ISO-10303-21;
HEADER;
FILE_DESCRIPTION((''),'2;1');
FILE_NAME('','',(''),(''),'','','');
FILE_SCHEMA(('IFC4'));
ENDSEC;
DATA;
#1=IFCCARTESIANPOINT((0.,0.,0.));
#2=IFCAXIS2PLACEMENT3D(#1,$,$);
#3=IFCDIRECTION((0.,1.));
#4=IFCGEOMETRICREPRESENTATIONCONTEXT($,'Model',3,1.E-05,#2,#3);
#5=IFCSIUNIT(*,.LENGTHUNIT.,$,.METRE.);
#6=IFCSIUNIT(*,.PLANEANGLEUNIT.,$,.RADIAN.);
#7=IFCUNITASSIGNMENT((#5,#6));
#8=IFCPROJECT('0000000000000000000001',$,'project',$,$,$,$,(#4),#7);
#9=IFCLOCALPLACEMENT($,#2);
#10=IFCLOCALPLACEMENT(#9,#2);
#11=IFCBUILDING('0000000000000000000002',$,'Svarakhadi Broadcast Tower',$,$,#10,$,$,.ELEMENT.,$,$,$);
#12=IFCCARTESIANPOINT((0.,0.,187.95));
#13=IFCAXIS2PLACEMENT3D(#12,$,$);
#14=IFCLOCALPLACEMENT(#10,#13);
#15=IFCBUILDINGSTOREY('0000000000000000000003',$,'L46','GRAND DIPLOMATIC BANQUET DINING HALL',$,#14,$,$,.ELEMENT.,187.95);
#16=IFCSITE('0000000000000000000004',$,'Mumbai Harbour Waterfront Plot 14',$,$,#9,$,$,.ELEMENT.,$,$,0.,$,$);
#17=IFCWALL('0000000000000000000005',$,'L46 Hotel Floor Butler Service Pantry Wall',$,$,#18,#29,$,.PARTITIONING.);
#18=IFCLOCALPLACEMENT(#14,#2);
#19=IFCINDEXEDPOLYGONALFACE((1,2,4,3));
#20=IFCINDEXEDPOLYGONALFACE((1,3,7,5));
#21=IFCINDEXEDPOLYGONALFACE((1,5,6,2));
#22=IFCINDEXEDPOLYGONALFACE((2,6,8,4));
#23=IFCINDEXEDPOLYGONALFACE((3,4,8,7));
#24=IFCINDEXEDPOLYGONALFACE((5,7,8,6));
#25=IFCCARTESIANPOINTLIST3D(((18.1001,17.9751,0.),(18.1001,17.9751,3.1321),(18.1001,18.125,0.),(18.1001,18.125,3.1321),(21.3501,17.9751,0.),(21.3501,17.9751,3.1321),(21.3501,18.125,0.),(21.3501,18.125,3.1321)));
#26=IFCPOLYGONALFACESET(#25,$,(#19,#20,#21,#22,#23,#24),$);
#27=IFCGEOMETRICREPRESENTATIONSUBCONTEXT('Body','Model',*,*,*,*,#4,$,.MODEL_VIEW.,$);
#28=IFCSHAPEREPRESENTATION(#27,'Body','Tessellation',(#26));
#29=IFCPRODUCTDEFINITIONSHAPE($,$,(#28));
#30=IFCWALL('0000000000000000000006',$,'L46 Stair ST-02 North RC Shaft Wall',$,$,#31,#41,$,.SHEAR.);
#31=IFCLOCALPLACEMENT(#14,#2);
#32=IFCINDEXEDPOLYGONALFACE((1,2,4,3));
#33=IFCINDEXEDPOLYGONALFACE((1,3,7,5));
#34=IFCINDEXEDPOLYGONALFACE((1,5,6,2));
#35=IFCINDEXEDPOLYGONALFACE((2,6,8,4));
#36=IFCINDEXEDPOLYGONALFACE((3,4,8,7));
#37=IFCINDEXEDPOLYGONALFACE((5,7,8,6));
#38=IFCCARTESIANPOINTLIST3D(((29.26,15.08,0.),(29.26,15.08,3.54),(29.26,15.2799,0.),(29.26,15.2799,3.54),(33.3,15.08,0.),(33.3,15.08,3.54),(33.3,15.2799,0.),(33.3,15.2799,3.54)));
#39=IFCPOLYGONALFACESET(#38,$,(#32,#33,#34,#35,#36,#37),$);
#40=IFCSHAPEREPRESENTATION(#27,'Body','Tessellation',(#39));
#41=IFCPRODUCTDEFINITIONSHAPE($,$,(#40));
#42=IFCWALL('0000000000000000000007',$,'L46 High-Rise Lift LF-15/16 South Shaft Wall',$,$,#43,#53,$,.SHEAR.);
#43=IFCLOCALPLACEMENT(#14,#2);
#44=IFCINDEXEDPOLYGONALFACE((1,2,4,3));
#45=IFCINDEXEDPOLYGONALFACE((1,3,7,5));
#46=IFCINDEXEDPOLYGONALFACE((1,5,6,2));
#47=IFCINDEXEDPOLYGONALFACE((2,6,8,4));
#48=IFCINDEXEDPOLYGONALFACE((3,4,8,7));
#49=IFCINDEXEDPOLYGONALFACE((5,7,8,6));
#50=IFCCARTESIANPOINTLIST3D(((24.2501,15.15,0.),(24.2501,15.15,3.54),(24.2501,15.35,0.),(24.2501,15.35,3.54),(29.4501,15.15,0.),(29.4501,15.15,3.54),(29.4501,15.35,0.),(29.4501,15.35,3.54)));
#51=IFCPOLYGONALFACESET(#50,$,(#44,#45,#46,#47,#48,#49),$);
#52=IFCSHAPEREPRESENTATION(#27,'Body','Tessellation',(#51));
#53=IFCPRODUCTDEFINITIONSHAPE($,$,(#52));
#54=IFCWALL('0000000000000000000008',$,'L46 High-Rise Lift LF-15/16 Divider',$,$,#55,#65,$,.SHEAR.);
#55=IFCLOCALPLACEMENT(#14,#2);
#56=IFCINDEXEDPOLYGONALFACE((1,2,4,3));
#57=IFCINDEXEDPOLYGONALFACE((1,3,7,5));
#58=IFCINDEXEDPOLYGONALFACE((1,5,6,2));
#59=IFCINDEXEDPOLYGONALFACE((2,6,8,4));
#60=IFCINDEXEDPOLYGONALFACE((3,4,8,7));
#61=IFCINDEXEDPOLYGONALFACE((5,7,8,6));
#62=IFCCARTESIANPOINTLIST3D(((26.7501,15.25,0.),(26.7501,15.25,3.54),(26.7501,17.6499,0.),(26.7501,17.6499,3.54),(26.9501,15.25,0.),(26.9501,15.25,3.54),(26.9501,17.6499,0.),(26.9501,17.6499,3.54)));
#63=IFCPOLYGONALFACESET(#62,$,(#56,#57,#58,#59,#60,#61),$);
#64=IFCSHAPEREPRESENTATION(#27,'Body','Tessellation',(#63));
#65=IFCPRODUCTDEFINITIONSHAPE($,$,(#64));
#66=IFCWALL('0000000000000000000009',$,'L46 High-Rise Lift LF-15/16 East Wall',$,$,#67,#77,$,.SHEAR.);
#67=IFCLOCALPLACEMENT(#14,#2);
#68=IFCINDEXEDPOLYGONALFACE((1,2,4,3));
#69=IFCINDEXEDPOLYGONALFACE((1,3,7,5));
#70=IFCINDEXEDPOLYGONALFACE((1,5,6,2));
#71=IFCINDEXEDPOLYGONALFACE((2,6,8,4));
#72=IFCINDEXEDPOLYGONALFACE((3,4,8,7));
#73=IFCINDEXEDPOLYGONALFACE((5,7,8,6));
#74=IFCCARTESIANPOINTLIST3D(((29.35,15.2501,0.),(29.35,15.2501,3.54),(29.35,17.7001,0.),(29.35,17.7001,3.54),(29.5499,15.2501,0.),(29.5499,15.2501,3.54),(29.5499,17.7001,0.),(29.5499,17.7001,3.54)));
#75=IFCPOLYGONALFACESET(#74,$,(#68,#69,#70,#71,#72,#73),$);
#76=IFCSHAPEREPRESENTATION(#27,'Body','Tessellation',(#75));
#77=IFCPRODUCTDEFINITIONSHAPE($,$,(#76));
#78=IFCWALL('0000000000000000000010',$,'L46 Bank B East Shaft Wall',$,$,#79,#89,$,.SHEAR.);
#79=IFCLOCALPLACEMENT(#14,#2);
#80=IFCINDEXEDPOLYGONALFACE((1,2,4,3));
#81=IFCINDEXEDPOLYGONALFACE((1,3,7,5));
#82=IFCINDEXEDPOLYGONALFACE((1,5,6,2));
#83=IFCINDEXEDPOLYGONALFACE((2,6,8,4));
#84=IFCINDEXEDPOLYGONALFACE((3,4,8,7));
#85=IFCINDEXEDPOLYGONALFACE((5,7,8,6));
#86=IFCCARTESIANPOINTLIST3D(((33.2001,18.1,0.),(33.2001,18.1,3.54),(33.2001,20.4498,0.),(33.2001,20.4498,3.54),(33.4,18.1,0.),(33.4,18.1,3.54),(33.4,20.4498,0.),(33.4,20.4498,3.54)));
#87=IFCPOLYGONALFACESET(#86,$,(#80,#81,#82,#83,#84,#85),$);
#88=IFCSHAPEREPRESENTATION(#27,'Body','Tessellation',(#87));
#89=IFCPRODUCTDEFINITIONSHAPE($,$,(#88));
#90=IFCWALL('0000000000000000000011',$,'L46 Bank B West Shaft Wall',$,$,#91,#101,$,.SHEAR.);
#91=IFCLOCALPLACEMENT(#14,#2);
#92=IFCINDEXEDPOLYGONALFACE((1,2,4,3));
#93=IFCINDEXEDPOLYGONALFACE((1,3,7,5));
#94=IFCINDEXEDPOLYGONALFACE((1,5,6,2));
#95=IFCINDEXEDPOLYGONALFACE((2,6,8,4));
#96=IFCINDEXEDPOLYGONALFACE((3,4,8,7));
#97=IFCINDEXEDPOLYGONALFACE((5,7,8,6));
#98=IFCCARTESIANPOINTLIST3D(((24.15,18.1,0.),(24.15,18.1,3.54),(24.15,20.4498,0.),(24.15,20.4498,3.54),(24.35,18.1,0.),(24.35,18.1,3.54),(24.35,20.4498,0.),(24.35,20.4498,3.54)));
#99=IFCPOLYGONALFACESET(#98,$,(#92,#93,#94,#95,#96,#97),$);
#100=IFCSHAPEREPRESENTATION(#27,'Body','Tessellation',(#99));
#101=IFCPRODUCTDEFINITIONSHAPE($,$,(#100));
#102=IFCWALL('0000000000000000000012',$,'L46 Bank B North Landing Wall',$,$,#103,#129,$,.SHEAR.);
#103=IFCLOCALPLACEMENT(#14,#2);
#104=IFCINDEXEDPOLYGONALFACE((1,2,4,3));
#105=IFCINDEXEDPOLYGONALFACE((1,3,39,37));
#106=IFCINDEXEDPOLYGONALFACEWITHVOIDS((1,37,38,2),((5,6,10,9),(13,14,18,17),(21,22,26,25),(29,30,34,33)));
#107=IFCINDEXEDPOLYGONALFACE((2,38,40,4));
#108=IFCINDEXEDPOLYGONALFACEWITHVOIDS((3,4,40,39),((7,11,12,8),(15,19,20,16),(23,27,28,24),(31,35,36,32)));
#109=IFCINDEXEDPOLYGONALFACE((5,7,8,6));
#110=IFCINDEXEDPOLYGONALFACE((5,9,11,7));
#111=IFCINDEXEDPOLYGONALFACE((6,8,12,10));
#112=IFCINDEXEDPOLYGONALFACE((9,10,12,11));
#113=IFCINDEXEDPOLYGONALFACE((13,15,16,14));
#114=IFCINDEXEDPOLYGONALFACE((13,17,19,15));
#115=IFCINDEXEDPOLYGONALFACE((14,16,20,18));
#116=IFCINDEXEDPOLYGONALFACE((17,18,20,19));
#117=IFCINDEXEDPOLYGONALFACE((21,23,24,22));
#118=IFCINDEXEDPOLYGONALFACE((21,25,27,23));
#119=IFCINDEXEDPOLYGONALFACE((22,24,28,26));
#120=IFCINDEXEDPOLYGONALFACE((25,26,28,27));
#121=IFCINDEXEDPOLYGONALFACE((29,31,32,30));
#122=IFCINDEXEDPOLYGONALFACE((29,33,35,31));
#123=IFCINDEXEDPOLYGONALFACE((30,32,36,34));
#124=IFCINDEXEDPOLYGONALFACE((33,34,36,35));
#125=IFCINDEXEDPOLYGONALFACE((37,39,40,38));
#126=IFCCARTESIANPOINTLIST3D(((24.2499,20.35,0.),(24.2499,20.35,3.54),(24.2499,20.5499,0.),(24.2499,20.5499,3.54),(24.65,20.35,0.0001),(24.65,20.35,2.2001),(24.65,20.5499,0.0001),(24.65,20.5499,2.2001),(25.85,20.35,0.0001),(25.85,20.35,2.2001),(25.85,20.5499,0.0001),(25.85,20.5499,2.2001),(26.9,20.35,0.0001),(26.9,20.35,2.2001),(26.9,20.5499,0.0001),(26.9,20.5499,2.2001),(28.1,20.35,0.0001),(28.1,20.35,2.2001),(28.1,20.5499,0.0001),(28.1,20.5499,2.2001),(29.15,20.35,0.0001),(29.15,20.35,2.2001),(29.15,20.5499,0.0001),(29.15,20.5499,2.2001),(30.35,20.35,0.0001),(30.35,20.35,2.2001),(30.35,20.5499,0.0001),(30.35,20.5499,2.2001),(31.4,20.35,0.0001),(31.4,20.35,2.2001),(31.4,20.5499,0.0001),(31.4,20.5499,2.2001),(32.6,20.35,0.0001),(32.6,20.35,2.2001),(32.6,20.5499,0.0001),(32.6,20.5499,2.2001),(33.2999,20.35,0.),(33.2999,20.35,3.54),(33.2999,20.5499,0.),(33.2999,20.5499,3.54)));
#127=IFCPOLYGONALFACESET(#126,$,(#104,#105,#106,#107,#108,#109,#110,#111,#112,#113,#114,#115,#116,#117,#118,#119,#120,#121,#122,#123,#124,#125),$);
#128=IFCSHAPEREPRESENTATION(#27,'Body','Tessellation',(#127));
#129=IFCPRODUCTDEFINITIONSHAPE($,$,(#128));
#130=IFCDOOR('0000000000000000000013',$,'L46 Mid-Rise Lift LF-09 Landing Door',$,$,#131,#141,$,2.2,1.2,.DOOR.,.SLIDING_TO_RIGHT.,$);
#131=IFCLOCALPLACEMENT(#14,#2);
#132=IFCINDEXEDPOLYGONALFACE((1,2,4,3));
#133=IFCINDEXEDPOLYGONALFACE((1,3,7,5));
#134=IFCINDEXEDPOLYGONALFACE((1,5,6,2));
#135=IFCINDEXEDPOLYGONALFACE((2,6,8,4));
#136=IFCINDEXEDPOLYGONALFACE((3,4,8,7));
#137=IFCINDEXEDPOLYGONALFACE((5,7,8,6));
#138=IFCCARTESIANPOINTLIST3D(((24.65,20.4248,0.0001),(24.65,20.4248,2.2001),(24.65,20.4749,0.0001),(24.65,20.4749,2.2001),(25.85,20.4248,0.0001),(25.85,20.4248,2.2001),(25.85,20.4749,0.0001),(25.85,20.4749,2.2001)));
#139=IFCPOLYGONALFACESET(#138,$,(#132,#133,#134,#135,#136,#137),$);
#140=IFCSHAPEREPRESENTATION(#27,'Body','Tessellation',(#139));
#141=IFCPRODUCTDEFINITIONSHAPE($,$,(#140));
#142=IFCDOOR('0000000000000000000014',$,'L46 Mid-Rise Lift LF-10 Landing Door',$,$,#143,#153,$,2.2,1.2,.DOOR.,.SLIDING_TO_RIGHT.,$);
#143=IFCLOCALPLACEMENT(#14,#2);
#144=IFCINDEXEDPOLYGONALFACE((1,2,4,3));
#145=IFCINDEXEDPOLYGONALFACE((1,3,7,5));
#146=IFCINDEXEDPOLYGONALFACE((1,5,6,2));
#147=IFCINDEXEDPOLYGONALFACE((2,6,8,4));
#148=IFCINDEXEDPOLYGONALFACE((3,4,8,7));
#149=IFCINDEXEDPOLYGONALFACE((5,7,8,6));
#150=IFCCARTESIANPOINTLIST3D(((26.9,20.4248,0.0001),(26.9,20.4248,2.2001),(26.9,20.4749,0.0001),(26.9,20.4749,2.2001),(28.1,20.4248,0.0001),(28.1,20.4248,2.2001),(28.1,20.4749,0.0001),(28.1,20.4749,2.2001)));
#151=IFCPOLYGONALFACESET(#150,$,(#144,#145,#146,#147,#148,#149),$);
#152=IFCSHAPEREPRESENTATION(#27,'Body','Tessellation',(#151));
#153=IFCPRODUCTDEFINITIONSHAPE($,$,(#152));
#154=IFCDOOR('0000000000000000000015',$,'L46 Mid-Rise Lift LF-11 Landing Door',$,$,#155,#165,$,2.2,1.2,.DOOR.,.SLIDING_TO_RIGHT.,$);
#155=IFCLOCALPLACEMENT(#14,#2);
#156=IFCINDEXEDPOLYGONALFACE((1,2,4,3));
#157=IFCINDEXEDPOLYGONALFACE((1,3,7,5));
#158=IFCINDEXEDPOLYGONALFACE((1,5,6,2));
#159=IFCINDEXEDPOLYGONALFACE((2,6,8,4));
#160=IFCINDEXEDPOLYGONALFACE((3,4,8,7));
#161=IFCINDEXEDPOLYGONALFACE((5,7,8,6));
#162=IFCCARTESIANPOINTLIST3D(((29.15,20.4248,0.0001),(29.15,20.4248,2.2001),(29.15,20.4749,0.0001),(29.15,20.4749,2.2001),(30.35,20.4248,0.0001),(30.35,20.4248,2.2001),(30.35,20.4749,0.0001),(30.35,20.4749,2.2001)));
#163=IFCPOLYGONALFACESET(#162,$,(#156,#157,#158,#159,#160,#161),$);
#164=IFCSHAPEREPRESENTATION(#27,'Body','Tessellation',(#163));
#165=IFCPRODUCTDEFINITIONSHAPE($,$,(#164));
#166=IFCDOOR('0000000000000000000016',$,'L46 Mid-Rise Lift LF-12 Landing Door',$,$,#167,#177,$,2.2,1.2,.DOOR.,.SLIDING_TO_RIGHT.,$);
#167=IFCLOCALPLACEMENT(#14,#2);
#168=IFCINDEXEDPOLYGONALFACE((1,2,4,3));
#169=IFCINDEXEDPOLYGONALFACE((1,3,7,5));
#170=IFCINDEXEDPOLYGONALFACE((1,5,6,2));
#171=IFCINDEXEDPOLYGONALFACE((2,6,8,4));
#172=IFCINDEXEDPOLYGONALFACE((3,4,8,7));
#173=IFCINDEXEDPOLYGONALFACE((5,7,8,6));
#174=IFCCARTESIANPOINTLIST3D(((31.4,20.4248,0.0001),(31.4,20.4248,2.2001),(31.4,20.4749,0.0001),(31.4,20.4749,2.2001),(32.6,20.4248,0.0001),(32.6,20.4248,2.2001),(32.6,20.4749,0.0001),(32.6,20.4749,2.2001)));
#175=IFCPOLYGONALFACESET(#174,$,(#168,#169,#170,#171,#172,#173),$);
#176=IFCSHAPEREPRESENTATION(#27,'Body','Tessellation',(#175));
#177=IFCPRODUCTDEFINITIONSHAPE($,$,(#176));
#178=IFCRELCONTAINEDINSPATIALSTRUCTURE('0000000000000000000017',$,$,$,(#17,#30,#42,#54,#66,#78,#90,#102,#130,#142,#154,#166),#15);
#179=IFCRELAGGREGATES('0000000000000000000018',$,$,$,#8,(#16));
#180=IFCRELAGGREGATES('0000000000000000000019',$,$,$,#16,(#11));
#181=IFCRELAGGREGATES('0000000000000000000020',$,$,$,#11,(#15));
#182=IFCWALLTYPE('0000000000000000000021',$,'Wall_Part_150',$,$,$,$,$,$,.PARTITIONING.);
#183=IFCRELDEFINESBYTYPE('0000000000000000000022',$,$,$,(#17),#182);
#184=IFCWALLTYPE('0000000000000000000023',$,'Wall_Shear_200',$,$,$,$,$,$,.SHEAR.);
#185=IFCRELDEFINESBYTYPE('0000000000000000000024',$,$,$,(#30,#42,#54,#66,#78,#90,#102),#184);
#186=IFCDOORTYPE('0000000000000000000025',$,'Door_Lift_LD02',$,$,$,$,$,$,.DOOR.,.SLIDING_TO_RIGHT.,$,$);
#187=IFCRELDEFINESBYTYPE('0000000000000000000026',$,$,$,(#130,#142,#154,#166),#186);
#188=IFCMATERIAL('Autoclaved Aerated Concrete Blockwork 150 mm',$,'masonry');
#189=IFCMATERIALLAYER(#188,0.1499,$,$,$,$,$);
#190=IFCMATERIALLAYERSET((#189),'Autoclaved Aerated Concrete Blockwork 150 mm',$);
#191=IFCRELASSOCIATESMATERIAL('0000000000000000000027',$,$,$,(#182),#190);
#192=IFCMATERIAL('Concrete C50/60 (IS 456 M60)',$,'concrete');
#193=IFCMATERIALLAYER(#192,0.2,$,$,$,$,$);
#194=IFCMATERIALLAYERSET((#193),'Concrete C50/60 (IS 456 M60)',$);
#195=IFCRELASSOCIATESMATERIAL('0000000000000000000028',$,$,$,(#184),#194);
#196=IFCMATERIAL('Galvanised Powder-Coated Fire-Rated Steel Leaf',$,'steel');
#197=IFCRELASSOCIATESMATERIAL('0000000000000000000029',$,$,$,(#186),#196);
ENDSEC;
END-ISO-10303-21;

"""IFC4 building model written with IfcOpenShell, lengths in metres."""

from ifc_helpers import new_model, si_unit, direction, frame, frame_2d, origin, place, context, subcontext, project, spatial, rectangle, extrude, material, layer, layer_set, type_object, element, fill, save


model = new_model("IFC4")

# Units and contexts
model_context = context("Model", 3, precision=1e-05, world=origin(), true_north=direction((0.0, 1.0)))
body_context = subcontext(model_context, "Body", "Model", "MODEL_VIEW")
ifc_project = project(units=[si_unit("LENGTHUNIT", "METRE"), si_unit("PLANEANGLEUNIT", "RADIAN")], contexts=[model_context])

# Site, building, storey
site_placement = place(None, origin())
site = spatial("IfcSite", under=ifc_project, at=site_placement, Name="Mumbai Harbour Waterfront Plot 14", CompositionType="ELEMENT", RefElevation=0.0)
building_placement = place(site_placement, origin())
building = spatial("IfcBuilding", under=site, at=building_placement, Name="Svarakhadi Broadcast Tower", CompositionType="ELEMENT")
storey_placement = place(building_placement, frame((0.0, 0.0, 187.95)))
storey = spatial("IfcBuildingStorey", under=building, at=storey_placement, Name="L46", Description="GRAND DIPLOMATIC BANQUET DINING HALL", CompositionType="ELEMENT", Elevation=187.95)

# Shared definitions
ifc_material_1 = material(Name="Concrete C50/60 (IS 456 M60)", Category="concrete")

# Walls
ifc_material_2 = material(Name="Autoclaved Aerated Concrete Blockwork 150 mm", Category="masonry")
ifc_layer_1 = layer(ifc_material_2, 0.1499)
ifc_layer_set_1 = layer_set([ifc_layer_1], Name="Autoclaved Aerated Concrete Blockwork 150 mm")
wall_type_1 = type_object("IfcWallType", Name="Wall_Part_150", PredefinedType="PARTITIONING", material=ifc_layer_set_1)
wall_1_placement = place(storey_placement, frame((18.1001, 18.05, 0.0), z_axis=(0.0, 0.0, 1.0), x_axis=(1.0, 0.0, 0.0)))
element("IfcWall", 1, at=wall_1_placement, inside=storey, type_object=wall_type_1, Name="L46 Hotel Floor Butler Service Pantry Wall", PredefinedType="PARTITIONING", context=body_context, shape_type="SweptSolid", body=[
    extrude(rectangle(XDim=3.25, YDim=0.1499, at=frame_2d((1.625, 0.0))), origin(), (0.0, 0.0, 1.0), 3.1321),
])
ifc_layer_2 = layer(ifc_material_1, 0.2)
ifc_layer_set_2 = layer_set([ifc_layer_2], Name="Concrete C50/60 (IS 456 M60)")
wall_type_2 = type_object("IfcWallType", Name="Wall_Shear_200", PredefinedType="SHEAR", material=ifc_layer_set_2)
wall_2_placement = place(storey_placement, frame((29.26, 15.1799, 0.0), z_axis=(0.0, 0.0, 1.0), x_axis=(1.0, 0.0, 0.0)))
element("IfcWall", 2, at=wall_2_placement, inside=storey, type_object=wall_type_2, Name="L46 Stair ST-02 North RC Shaft Wall", PredefinedType="SHEAR", context=body_context, shape_type="SweptSolid", body=[
    extrude(rectangle(XDim=4.04, YDim=0.2, at=frame_2d((2.02, 0.0))), origin(), (0.0, 0.0, 1.0), 3.54),
])

# Shared definitions
ifc_material_3 = material(Name="Galvanised Powder-Coated Fire-Rated Steel Leaf", Category="steel")

# Walls
wall_3_placement = place(storey_placement, frame((24.25, 15.25, 0.0), z_axis=(0.0, 0.0, 1.0), x_axis=(1.0, 0.0, 0.0)))
element("IfcWall", 3, at=wall_3_placement, inside=storey, type_object=wall_type_2, Name="L46 High-Rise Lift LF-15/16 South Shaft Wall", PredefinedType="SHEAR", context=body_context, shape_type="SweptSolid", body=[
    extrude(rectangle(XDim=5.2, YDim=0.2, at=frame_2d((2.6001, 0.0))), origin(), (0.0, 0.0, 1.0), 3.54),
])
wall_4_placement = place(storey_placement, frame((26.8501, 15.25, 0.0), z_axis=(0.0, 0.0, 1.0), x_axis=(0.0, 1.0, 0.0)))
element("IfcWall", 4, at=wall_4_placement, inside=storey, type_object=wall_type_2, Name="L46 High-Rise Lift LF-15/16 Divider", PredefinedType="SHEAR", context=body_context, shape_type="SweptSolid", body=[
    extrude(rectangle(XDim=2.3999, YDim=0.2, at=frame_2d((1.2, 0.0))), origin(), (0.0, 0.0, 1.0), 3.54),
])
wall_5_placement = place(storey_placement, frame((29.45, 15.25, 0.0), z_axis=(0.0, 0.0, 1.0), x_axis=(0.0, 1.0, 0.0)))
element("IfcWall", 5, at=wall_5_placement, inside=storey, type_object=wall_type_2, Name="L46 High-Rise Lift LF-15/16 East Wall", PredefinedType="SHEAR", context=body_context, shape_type="SweptSolid", body=[
    extrude(rectangle(XDim=2.45, YDim=0.2, at=frame_2d((1.2251, 0.0))), origin(), (0.0, 0.0, 1.0), 3.54),
])
for number, where, z_axis, x_axis, name in (
    (6, (33.3, 18.1001, 0.0), (0.0, 0.0, 1.0), (0.0, 1.0, 0.0), "L46 Bank B East Shaft Wall"),
    (7, (24.25, 18.1001, 0.0), (0.0, 0.0, 1.0), (0.0, 1.0, 0.0), "L46 Bank B West Shaft Wall"),
):
    element("IfcWall", number, at=place(storey_placement, frame(where, z_axis=z_axis, x_axis=x_axis)), inside=storey, type_object=wall_type_2, Name=name, PredefinedType="SHEAR", context=body_context, shape_type="SweptSolid", body=[
        extrude(rectangle(XDim=2.3499, YDim=0.2, at=frame_2d((1.1748, 0.0))), origin(), (0.0, 0.0, 1.0), 3.54),
    ])

# Wall, openings, doors
wall_6_placement = place(storey_placement, frame((24.25, 20.45, 0.0), z_axis=(0.0, 0.0, 1.0), x_axis=(1.0, 0.0, 0.0)))
wall_6 = element("IfcWall", 8, at=wall_6_placement, inside=storey, type_object=wall_type_2, Name="L46 Bank B North Landing Wall", PredefinedType="SHEAR", context=body_context, shape_type="SweptSolid", body=[
    extrude(rectangle(XDim=9.05, YDim=0.2, at=frame_2d((4.5249, 0.0))), origin(), (0.0, 0.0, 1.0), 3.54),
])
opening_1_placement = place(wall_6_placement, frame((0.3999, 0.0, 0.0)))
opening_1 = element("IfcOpeningElement", 9, at=opening_1_placement, cuts=wall_6, PredefinedType="OPENING", context=body_context, shape_type="SweptSolid", body=[
    extrude(rectangle(XDim=1.2, YDim=2.2, at=frame_2d((0.6001, 1.1001))), frame((0.0, 0.1099, 0.0), z_axis=(0.0, -1.0, 0.0), x_axis=(1.0, 0.0, 0.0)), (0.0, 0.0, 1.0), 0.22),
])
opening_2_placement = place(wall_6_placement, frame((2.6499, 0.0, 0.0)))
opening_2 = element("IfcOpeningElement", 10, at=opening_2_placement, cuts=wall_6, PredefinedType="OPENING", context=body_context, shape_type="SweptSolid", body=[
    extrude(rectangle(XDim=1.2, YDim=2.2, at=frame_2d((0.6001, 1.1001))), frame((0.0, 0.1099, 0.0), z_axis=(0.0, -1.0, 0.0), x_axis=(1.0, 0.0, 0.0)), (0.0, 0.0, 1.0), 0.22),
])
opening_3_placement = place(wall_6_placement, frame((4.8999, 0.0, 0.0)))
opening_3 = element("IfcOpeningElement", 11, at=opening_3_placement, cuts=wall_6, PredefinedType="OPENING", context=body_context, shape_type="SweptSolid", body=[
    extrude(rectangle(XDim=1.2, YDim=2.2, at=frame_2d((0.6001, 1.1001))), frame((0.0, 0.1099, 0.0), z_axis=(0.0, -1.0, 0.0), x_axis=(1.0, 0.0, 0.0)), (0.0, 0.0, 1.0), 0.22),
])
opening_4_placement = place(wall_6_placement, frame((7.1499, 0.0, 0.0)))
opening_4 = element("IfcOpeningElement", 12, at=opening_4_placement, cuts=wall_6, PredefinedType="OPENING", context=body_context, shape_type="SweptSolid", body=[
    extrude(rectangle(XDim=1.2, YDim=2.2, at=frame_2d((0.6001, 1.1001))), frame((0.0, 0.1099, 0.0), z_axis=(0.0, -1.0, 0.0), x_axis=(1.0, 0.0, 0.0)), (0.0, 0.0, 1.0), 0.22),
])
door_type_1 = type_object("IfcDoorType", Name="Door_Lift_LD02", OperationType="SLIDING_TO_RIGHT", PredefinedType="DOOR", material=ifc_material_3)
door_1_placement = place(opening_1_placement, origin())
door_1 = element("IfcDoor", 13, at=door_1_placement, inside=storey, type_object=door_type_1, Name="L46 Mid-Rise Lift LF-09 Landing Door", OperationType="SLIDING_TO_RIGHT", OverallHeight=2.2, OverallWidth=1.2, PredefinedType="DOOR", context=body_context, shape_type="SweptSolid", body=[
    extrude(rectangle(XDim=1.2, YDim=2.2, at=frame_2d((0.6001, 1.1001))), frame((0.0, 0.0249, 0.0), z_axis=(0.0, -1.0, 0.0), x_axis=(1.0, 0.0, 0.0)), (0.0, 0.0, 1.0), 0.05),
])
fill(opening_1, door_1)
door_2_placement = place(opening_2_placement, origin())
door_2 = element("IfcDoor", 14, at=door_2_placement, inside=storey, type_object=door_type_1, Name="L46 Mid-Rise Lift LF-10 Landing Door", OperationType="SLIDING_TO_RIGHT", OverallHeight=2.2, OverallWidth=1.2, PredefinedType="DOOR", context=body_context, shape_type="SweptSolid", body=[
    extrude(rectangle(XDim=1.2, YDim=2.2, at=frame_2d((0.6001, 1.1001))), frame((0.0, 0.0249, 0.0), z_axis=(0.0, -1.0, 0.0), x_axis=(1.0, 0.0, 0.0)), (0.0, 0.0, 1.0), 0.05),
])
fill(opening_2, door_2)
door_3_placement = place(opening_3_placement, origin())
door_3 = element("IfcDoor", 15, at=door_3_placement, inside=storey, type_object=door_type_1, Name="L46 Mid-Rise Lift LF-11 Landing Door", OperationType="SLIDING_TO_RIGHT", OverallHeight=2.2, OverallWidth=1.2, PredefinedType="DOOR", context=body_context, shape_type="SweptSolid", body=[
    extrude(rectangle(XDim=1.2, YDim=2.2, at=frame_2d((0.6001, 1.1001))), frame((0.0, 0.0249, 0.0), z_axis=(0.0, -1.0, 0.0), x_axis=(1.0, 0.0, 0.0)), (0.0, 0.0, 1.0), 0.05),
])
fill(opening_3, door_3)
door_4_placement = place(opening_4_placement, origin())
door_4 = element("IfcDoor", 16, at=door_4_placement, inside=storey, type_object=door_type_1, Name="L46 Mid-Rise Lift LF-12 Landing Door", OperationType="SLIDING_TO_RIGHT", OverallHeight=2.2, OverallWidth=1.2, PredefinedType="DOOR", context=body_context, shape_type="SweptSolid", body=[
    extrude(rectangle(XDim=1.2, YDim=2.2, at=frame_2d((0.6001, 1.1001))), frame((0.0, 0.0249, 0.0), z_axis=(0.0, -1.0, 0.0), x_axis=(1.0, 0.0, 0.0)), (0.0, 0.0, 1.0), 0.05),
])
fill(opening_4, door_4)

save(model, "model.ifc")
